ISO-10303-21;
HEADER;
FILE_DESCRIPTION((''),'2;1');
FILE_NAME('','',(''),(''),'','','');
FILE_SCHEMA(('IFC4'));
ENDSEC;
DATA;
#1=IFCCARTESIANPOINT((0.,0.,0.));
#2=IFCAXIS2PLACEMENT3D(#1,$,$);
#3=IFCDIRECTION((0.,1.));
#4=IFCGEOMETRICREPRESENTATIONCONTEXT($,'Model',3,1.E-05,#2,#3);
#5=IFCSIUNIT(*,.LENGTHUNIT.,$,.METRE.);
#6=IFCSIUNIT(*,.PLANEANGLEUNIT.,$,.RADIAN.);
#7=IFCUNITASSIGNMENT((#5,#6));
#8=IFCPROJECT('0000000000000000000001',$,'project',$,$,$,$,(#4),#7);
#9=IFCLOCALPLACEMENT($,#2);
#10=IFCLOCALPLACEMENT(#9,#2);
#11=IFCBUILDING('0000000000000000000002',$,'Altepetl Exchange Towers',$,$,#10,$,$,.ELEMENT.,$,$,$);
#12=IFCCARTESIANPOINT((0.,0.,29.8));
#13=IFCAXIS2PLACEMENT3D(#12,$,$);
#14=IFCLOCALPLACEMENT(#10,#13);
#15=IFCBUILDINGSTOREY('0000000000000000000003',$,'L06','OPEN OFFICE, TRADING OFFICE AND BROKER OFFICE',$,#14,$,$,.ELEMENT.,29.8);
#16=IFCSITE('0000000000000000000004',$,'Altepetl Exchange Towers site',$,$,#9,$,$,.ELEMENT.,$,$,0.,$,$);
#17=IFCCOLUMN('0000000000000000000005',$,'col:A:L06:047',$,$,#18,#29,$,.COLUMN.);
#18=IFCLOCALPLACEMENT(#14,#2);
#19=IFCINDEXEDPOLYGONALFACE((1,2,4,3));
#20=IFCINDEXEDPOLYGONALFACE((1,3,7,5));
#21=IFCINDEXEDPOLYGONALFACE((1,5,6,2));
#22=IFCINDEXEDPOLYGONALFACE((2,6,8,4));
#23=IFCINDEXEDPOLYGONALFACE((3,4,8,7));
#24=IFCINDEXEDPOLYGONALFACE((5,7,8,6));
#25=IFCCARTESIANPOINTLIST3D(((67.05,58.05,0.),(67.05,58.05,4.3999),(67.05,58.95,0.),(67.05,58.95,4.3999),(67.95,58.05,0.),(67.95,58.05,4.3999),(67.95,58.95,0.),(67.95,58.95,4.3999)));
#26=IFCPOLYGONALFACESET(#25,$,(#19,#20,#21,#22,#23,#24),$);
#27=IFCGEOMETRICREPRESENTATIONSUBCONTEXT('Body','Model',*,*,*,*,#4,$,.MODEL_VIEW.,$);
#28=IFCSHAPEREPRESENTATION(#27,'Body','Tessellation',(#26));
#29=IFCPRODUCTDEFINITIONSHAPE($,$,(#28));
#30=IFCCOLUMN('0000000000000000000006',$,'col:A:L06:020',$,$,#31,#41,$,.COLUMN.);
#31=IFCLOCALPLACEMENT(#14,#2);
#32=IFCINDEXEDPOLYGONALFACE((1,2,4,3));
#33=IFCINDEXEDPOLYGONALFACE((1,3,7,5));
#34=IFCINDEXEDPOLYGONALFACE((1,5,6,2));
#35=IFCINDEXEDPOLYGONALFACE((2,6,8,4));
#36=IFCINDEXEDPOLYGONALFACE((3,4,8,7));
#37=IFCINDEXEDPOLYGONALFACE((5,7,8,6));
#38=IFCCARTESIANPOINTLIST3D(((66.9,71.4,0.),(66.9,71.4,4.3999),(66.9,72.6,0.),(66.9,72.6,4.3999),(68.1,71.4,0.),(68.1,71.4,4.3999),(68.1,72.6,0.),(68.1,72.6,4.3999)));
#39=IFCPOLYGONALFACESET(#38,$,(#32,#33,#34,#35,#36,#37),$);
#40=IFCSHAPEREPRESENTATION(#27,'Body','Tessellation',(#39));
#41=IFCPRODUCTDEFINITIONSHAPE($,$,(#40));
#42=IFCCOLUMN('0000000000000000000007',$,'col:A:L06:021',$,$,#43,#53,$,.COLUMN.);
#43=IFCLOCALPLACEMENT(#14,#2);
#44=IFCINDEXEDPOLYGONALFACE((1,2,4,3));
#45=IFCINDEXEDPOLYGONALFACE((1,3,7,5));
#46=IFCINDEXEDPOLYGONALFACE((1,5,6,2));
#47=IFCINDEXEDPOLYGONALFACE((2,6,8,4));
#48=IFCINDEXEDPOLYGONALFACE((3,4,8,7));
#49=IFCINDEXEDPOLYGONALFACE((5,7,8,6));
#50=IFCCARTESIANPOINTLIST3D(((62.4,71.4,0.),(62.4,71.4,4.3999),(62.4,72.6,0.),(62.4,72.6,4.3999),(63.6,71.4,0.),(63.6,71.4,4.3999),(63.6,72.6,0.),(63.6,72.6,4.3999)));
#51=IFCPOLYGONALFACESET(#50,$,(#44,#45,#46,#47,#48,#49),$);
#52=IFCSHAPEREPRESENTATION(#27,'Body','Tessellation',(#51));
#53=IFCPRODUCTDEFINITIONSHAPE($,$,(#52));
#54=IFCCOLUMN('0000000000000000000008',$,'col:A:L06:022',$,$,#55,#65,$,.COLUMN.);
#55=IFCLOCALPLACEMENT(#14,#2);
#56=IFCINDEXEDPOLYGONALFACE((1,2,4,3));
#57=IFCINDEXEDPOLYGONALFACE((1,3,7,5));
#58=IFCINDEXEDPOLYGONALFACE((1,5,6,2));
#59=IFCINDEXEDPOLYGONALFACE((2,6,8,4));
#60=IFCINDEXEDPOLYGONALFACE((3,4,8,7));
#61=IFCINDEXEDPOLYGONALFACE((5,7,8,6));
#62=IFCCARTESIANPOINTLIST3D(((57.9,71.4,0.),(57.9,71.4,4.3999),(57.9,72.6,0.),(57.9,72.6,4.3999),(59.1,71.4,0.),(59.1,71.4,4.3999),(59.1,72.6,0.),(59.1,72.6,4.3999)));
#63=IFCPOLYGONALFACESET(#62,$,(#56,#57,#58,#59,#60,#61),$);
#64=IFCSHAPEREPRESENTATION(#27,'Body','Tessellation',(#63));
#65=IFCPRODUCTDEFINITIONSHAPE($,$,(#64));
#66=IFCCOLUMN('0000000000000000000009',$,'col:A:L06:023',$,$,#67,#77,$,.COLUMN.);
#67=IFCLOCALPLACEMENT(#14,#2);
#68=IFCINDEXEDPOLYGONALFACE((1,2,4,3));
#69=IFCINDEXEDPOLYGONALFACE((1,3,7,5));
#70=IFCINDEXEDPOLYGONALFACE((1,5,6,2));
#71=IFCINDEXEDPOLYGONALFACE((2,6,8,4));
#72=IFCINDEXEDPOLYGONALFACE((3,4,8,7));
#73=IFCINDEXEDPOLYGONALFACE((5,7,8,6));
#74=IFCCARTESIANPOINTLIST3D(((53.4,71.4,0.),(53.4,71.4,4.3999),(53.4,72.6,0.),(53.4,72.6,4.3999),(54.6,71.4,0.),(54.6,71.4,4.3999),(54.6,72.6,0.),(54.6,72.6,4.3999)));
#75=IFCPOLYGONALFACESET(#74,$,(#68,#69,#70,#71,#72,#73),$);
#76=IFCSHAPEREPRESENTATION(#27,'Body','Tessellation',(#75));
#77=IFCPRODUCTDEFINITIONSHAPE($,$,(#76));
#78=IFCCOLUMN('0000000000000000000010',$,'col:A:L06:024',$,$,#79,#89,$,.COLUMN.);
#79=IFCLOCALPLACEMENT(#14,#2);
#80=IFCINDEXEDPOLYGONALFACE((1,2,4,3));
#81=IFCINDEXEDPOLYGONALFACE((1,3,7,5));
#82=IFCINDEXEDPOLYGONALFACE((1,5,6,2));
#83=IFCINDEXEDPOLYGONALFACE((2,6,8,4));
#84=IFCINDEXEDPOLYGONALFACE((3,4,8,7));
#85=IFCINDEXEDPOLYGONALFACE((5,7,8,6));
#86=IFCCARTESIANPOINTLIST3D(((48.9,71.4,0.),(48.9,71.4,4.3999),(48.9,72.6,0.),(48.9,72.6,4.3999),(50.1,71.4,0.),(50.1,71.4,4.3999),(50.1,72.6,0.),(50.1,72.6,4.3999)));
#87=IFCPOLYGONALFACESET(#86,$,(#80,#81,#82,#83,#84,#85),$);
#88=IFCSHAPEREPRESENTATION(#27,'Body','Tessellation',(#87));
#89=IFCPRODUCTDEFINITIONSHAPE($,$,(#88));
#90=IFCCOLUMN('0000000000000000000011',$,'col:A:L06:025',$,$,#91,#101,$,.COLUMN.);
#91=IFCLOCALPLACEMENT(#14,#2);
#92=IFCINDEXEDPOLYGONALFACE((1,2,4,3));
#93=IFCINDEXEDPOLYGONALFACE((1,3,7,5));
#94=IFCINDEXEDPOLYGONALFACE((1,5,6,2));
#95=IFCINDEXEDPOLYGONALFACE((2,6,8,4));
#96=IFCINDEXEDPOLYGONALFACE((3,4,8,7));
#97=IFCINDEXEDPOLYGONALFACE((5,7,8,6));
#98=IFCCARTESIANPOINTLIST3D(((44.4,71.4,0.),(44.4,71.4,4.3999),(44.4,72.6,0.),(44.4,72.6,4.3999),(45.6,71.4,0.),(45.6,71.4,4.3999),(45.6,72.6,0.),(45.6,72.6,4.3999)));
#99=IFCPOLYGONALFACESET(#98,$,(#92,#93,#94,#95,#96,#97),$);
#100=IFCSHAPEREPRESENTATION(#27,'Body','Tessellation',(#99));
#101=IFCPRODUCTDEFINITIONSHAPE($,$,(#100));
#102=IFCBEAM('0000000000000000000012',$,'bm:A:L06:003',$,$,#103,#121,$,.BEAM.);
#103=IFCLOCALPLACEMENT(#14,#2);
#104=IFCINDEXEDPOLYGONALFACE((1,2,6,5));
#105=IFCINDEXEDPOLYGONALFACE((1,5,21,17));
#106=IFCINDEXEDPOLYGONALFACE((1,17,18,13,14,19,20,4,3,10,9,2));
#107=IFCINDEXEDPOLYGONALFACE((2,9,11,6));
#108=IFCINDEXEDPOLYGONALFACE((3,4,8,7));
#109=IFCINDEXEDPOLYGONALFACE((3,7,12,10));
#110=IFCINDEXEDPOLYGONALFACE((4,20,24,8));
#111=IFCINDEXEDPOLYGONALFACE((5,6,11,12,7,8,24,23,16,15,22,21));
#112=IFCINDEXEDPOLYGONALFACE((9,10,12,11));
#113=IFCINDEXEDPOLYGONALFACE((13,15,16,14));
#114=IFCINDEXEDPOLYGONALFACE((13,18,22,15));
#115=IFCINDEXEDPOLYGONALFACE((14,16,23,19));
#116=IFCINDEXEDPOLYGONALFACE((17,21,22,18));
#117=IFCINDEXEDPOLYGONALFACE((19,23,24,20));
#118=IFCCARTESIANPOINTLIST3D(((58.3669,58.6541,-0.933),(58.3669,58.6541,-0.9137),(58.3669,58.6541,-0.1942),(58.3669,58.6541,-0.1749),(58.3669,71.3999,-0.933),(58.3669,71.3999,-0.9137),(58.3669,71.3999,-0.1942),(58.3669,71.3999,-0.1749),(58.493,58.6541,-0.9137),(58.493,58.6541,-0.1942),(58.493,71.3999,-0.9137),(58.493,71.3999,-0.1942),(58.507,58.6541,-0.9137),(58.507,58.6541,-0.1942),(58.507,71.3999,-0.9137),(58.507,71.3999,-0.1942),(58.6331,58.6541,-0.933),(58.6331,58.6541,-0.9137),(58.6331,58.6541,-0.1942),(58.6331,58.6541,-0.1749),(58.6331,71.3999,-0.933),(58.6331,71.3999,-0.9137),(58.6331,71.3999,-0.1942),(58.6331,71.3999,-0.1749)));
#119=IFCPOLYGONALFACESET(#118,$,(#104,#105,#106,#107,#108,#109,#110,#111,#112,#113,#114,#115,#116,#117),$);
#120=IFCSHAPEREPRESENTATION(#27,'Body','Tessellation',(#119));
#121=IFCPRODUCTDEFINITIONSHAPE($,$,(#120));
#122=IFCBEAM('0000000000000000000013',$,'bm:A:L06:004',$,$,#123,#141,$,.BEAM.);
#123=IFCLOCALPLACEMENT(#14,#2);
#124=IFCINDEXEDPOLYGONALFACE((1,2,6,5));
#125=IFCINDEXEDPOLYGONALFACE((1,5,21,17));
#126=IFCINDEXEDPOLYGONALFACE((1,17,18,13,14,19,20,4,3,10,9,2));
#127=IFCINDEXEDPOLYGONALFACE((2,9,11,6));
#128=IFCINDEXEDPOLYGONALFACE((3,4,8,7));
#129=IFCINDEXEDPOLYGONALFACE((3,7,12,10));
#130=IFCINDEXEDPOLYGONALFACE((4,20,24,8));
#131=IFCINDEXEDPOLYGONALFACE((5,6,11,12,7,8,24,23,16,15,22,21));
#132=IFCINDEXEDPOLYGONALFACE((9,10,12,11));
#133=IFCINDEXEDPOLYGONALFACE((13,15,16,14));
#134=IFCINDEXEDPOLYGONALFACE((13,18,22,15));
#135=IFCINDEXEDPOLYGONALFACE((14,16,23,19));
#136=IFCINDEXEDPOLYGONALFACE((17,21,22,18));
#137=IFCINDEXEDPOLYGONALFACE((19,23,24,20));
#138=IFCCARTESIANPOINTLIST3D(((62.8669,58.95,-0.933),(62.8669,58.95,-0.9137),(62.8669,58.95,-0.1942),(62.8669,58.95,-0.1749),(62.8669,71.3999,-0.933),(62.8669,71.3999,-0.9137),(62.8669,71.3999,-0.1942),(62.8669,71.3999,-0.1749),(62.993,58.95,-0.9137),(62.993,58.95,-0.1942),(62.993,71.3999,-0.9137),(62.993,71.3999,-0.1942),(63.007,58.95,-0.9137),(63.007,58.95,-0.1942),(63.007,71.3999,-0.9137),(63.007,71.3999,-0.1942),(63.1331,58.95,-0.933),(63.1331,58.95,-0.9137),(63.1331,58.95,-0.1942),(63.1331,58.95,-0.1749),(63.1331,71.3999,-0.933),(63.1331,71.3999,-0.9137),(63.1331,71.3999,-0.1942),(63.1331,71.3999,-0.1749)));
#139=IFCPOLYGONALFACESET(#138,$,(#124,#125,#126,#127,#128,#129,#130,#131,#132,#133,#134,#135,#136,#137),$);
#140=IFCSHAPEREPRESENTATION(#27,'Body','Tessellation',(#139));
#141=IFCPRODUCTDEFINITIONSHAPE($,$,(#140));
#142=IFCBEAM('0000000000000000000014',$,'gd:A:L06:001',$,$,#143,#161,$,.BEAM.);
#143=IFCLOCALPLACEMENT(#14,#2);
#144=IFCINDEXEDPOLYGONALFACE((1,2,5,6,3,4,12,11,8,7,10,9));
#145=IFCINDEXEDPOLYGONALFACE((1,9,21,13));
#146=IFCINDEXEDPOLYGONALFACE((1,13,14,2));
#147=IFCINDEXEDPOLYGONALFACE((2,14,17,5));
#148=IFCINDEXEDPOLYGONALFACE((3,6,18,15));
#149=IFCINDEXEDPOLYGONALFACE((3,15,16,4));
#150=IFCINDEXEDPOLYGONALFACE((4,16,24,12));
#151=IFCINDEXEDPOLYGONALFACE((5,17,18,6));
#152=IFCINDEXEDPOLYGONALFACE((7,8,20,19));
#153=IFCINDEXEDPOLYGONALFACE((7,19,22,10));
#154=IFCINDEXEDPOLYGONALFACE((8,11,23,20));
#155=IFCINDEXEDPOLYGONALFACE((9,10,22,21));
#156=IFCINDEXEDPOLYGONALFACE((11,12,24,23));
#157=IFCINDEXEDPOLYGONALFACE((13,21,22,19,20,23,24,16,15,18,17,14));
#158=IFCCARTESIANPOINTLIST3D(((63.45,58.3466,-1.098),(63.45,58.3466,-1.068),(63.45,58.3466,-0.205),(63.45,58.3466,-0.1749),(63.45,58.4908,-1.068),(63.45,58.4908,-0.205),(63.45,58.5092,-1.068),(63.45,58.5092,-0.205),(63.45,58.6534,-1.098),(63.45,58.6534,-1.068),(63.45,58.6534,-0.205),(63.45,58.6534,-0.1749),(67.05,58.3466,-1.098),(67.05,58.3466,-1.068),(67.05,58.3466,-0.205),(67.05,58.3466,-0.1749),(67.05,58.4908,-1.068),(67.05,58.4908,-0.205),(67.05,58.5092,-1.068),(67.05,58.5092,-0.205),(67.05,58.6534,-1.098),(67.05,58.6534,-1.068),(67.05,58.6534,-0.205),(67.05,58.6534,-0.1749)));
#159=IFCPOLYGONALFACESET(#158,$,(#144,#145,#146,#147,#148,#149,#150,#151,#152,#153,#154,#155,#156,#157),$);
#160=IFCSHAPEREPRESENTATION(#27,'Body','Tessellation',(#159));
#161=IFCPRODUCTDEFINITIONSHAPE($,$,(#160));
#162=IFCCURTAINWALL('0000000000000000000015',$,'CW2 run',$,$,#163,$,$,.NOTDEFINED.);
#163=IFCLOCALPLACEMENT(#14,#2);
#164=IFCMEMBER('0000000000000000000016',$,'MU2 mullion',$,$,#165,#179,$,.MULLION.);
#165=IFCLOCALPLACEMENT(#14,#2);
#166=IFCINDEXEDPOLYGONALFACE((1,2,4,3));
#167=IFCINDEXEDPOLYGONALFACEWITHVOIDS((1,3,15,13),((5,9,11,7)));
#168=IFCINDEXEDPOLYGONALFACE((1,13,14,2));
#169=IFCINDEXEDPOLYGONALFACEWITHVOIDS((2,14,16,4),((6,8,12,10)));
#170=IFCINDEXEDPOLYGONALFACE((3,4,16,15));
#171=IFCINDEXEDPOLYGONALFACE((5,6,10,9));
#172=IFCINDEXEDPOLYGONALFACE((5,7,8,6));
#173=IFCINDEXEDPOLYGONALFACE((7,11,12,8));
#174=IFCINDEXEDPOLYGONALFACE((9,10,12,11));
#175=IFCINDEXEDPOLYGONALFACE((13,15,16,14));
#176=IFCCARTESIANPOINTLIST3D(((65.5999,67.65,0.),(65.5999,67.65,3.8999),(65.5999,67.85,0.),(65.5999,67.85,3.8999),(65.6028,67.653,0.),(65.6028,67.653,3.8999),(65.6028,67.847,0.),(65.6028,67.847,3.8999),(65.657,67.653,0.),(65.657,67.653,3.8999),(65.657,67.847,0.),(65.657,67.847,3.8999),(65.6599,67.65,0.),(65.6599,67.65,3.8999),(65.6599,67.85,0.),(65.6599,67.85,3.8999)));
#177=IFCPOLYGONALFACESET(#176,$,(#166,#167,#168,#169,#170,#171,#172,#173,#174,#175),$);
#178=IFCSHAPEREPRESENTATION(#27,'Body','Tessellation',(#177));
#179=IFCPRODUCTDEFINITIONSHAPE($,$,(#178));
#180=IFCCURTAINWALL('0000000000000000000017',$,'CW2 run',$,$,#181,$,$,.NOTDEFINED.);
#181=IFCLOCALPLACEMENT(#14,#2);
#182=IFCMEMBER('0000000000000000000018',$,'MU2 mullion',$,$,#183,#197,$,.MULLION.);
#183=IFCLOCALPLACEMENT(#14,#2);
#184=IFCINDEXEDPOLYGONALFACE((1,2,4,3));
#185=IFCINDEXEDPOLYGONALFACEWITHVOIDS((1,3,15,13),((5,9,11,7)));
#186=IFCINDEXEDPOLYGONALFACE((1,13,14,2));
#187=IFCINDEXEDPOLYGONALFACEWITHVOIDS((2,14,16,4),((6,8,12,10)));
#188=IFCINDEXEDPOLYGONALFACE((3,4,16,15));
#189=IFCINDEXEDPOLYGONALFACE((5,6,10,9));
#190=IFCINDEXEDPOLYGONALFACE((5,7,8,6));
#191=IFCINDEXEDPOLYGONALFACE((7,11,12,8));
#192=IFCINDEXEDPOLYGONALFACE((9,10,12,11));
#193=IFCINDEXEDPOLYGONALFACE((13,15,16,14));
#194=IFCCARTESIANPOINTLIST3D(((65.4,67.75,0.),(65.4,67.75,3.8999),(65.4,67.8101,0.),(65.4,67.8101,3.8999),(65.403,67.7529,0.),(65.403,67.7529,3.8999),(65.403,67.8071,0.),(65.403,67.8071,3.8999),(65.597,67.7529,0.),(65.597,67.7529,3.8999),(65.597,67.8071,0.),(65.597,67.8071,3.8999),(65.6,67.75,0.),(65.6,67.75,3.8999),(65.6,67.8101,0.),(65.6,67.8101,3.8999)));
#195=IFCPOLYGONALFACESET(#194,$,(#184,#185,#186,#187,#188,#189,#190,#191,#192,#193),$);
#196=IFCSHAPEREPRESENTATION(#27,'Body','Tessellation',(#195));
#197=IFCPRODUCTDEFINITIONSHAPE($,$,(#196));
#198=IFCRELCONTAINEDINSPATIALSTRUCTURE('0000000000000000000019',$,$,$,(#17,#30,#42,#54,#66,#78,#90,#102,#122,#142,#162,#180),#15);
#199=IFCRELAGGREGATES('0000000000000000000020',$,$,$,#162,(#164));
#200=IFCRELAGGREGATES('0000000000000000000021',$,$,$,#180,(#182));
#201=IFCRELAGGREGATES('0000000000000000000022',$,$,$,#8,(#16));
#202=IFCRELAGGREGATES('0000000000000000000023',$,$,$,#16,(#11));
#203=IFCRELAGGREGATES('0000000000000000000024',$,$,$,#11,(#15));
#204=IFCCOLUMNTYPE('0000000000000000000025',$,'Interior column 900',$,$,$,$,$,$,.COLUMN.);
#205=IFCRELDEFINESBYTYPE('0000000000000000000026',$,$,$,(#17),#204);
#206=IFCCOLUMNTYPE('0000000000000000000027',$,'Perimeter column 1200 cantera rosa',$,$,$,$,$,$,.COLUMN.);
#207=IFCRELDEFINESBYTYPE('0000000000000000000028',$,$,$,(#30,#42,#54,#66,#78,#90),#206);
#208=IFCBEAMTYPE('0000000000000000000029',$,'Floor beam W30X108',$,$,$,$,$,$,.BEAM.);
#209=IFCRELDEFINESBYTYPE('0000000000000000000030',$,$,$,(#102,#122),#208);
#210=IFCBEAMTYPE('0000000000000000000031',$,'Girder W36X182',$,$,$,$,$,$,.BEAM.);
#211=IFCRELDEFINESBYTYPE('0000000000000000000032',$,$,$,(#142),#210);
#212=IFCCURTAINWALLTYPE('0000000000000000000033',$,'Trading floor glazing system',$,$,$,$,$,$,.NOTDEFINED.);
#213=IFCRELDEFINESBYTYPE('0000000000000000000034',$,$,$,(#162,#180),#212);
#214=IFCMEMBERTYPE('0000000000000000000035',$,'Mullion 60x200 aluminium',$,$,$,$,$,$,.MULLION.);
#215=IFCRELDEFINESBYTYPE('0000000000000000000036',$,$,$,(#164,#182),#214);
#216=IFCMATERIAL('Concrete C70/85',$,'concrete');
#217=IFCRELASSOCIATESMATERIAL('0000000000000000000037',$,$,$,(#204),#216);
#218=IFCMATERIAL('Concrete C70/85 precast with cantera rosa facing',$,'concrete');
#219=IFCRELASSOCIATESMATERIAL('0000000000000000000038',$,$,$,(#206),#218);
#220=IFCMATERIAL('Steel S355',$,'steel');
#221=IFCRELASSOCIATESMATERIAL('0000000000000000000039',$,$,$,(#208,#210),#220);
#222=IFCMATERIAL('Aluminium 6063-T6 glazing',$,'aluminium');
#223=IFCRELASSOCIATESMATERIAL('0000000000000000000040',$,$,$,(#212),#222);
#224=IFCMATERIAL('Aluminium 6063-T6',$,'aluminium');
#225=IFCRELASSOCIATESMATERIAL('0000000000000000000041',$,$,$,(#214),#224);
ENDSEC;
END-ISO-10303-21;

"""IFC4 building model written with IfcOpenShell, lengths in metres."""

from ifc_helpers import new_model, si_unit, direction, frame, origin, origin_2d, place, context, subcontext, project, spatial, rectangle, hollow_rectangle, i_section, extrude, material, material_profile, profile_set, type_object, element, aggregate, save


model = new_model("IFC4")

# Units and contexts
model_context = context("Model", 3, precision=1e-05, world=origin(), true_north=direction((0.0, 1.0)))
body_context = subcontext(model_context, "Body", "Model", "MODEL_VIEW")
ifc_project = project(units=[si_unit("LENGTHUNIT", "METRE"), si_unit("PLANEANGLEUNIT", "RADIAN")], contexts=[model_context])

# Site, building, storey
site_placement = place(None, origin())
site = spatial("IfcSite", under=ifc_project, at=site_placement, Name="Altepetl Exchange Towers site", CompositionType="ELEMENT", RefElevation=0.0)
building_placement = place(site_placement, origin())
building = spatial("IfcBuilding", under=site, at=building_placement, Name="Altepetl Exchange Towers", CompositionType="ELEMENT")
storey_placement = place(building_placement, frame((0.0, 0.0, 29.8)))
storey = spatial("IfcBuildingStorey", under=building, at=storey_placement, Name="L06", Description="OPEN OFFICE, TRADING OFFICE AND BROKER OFFICE", CompositionType="ELEMENT", Elevation=29.8)

# Columns
ifc_material_1 = material(Name="Concrete C70/85", Category="concrete")
ifc_material_profile_1 = material_profile(ifc_material_1, rectangle(XDim=0.8999, YDim=0.8999, at=origin_2d()), Name="900 x 900")
ifc_profile_set_1 = profile_set([ifc_material_profile_1], Name="Concrete C70/85")
column_type_1 = type_object("IfcColumnType", Name="Interior column 900", PredefinedType="COLUMN", material=ifc_profile_set_1)
column_placement = place(storey_placement, frame((67.5, 58.5, 0.0)))
element("IfcColumn", 1, at=column_placement, inside=storey, type_object=column_type_1, Name="col:A:L06:047", PredefinedType="COLUMN", context=body_context, shape_type="SweptSolid", body=[
    extrude(rectangle(XDim=0.8999, YDim=0.8999, at=origin_2d()), origin(), (0.0, 0.0, 1.0), 4.3999),
])
ifc_material_2 = material(Name="Concrete C70/85 precast with cantera rosa facing", Category="concrete")
ifc_material_profile_2 = material_profile(ifc_material_2, rectangle(XDim=1.2, YDim=1.2, at=origin_2d()), Name="1200 x 1200")
ifc_profile_set_2 = profile_set([ifc_material_profile_2], Name="Concrete C70/85 precast with cantera rosa facing")
column_type_2 = type_object("IfcColumnType", Name="Perimeter column 1200 cantera rosa", PredefinedType="COLUMN", material=ifc_profile_set_2)
for number, where, name in (
    (2, (67.5, 72.0, 0.0), "col:A:L06:020"),
    (3, (63.0, 72.0, 0.0), "col:A:L06:021"),
    (4, (58.5, 72.0, 0.0), "col:A:L06:022"),
    (5, (54.0, 72.0, 0.0), "col:A:L06:023"),
    (6, (49.5, 72.0, 0.0), "col:A:L06:024"),
    (7, (45.0, 72.0, 0.0), "col:A:L06:025"),
):
    element("IfcColumn", number, at=place(storey_placement, frame(where)), inside=storey, type_object=column_type_2, Name=name, PredefinedType="COLUMN", context=body_context, shape_type="SweptSolid", body=[
        extrude(rectangle(XDim=1.2, YDim=1.2, at=origin_2d()), origin(), (0.0, 0.0, 1.0), 4.3999),
    ])

# Beams
ifc_material_3 = material(Name="Steel S355", Category="steel")
ifc_material_profile_3 = material_profile(ifc_material_3, i_section(OverallWidth=0.2661, OverallDepth=0.7581, WebThickness=0.0139, FlangeThickness=0.0193, at=origin_2d()), Name="W30X108")
ifc_profile_set_3 = profile_set([ifc_material_profile_3], Name="Steel S355")
beam_type_1 = type_object("IfcBeamType", Name="Floor beam W30X108", PredefinedType="BEAM", material=ifc_profile_set_3)
beam_1_placement = place(storey_placement, frame((58.5, 58.6541, -0.554), z_axis=(0.0, 1.0, 0.0), x_axis=(-1.0, 0.0, 0.0)))
element("IfcBeam", 8, at=beam_1_placement, inside=storey, type_object=beam_type_1, Name="bm:A:L06:003", PredefinedType="BEAM", context=body_context, shape_type="SweptSolid", body=[
    extrude(i_section(OverallWidth=0.2661, OverallDepth=0.7581, WebThickness=0.0139, FlangeThickness=0.0193, at=origin_2d()), origin(), (0.0, 0.0, 1.0), 12.7458),
])
beam_2_placement = place(storey_placement, frame((63.0, 58.95, -0.554), z_axis=(0.0, 1.0, 0.0), x_axis=(-1.0, 0.0, 0.0)))
element("IfcBeam", 9, at=beam_2_placement, inside=storey, type_object=beam_type_1, Name="bm:A:L06:004", PredefinedType="BEAM", context=body_context, shape_type="SweptSolid", body=[
    extrude(i_section(OverallWidth=0.2661, OverallDepth=0.7581, WebThickness=0.0139, FlangeThickness=0.0193, at=origin_2d()), origin(), (0.0, 0.0, 1.0), 12.45),
])
ifc_material_profile_4 = material_profile(ifc_material_3, i_section(OverallWidth=0.3069, OverallDepth=0.9231, WebThickness=0.0183, FlangeThickness=0.03, at=origin_2d()), Name="W36X182")
ifc_profile_set_4 = profile_set([ifc_material_profile_4], Name="Steel S355")
beam_type_2 = type_object("IfcBeamType", Name="Girder W36X182", PredefinedType="BEAM", material=ifc_profile_set_4)
beam_3_placement = place(storey_placement, frame((63.45, 58.5, -0.6365), z_axis=(1.0, 0.0, 0.0), x_axis=(0.0, 1.0, 0.0)))
element("IfcBeam", 10, at=beam_3_placement, inside=storey, type_object=beam_type_2, Name="gd:A:L06:001", PredefinedType="BEAM", context=body_context, shape_type="SweptSolid", body=[
    extrude(i_section(OverallWidth=0.3069, OverallDepth=0.9231, WebThickness=0.0183, FlangeThickness=0.03, at=origin_2d()), origin(), (0.0, 0.0, 1.0), 3.6001),
])

# Curtain wall, member
ifc_material_4 = material(Name="Aluminium 6063-T6 glazing", Category="aluminium")
curtain_wall_type = type_object("IfcCurtainWallType", Name="Trading floor glazing system", PredefinedType="NOTDEFINED", material=ifc_material_4)
curtain_wall_1_placement = place(storey_placement, origin())
curtain_wall_1 = element("IfcCurtainWall", 11, at=curtain_wall_1_placement, inside=storey, type_object=curtain_wall_type, Name="CW2 run", PredefinedType="NOTDEFINED")
ifc_material_5 = material(Name="Aluminium 6063-T6", Category="aluminium")
ifc_material_profile_5 = material_profile(ifc_material_5, hollow_rectangle(XDim=0.0601, YDim=0.2, WallThickness=0.0029, at=origin_2d()), Name="Mullion 60x200 aluminium")
ifc_profile_set_5 = profile_set([ifc_material_profile_5], Name="Aluminium 6063-T6")
member_type = type_object("IfcMemberType", Name="Mullion 60x200 aluminium", PredefinedType="MULLION", material=ifc_profile_set_5)
member_1_placement = place(storey_placement, frame((65.6299, 67.75, 0.0), z_axis=(0.0, 0.0, 1.0), x_axis=(-1.0, 0.0, 0.0)))
member_1 = element("IfcMember", 12, at=member_1_placement, type_object=member_type, Name="MU2 mullion", PredefinedType="MULLION", context=body_context, shape_type="SweptSolid", body=[
    extrude(hollow_rectangle(XDim=0.0601, YDim=0.2, WallThickness=0.0029, at=origin_2d()), origin(), (0.0, 0.0, 1.0), 3.8999),
])

# Curtain wall, member
curtain_wall_2_placement = place(storey_placement, origin())
curtain_wall_2 = element("IfcCurtainWall", 13, at=curtain_wall_2_placement, inside=storey, type_object=curtain_wall_type, Name="CW2 run", PredefinedType="NOTDEFINED")
member_2_placement = place(storey_placement, frame((65.5, 67.78, 0.0), z_axis=(0.0, 0.0, 1.0), x_axis=(0.0, 1.0, 0.0)))
member_2 = element("IfcMember", 14, at=member_2_placement, type_object=member_type, Name="MU2 mullion", PredefinedType="MULLION", context=body_context, shape_type="SweptSolid", body=[
    extrude(hollow_rectangle(XDim=0.0601, YDim=0.2, WallThickness=0.0029, at=origin_2d()), origin(), (0.0, 0.0, 1.0), 3.8999),
])

aggregate(curtain_wall_1, [member_1])
aggregate(curtain_wall_2, [member_2])

save(model, "model.ifc")
